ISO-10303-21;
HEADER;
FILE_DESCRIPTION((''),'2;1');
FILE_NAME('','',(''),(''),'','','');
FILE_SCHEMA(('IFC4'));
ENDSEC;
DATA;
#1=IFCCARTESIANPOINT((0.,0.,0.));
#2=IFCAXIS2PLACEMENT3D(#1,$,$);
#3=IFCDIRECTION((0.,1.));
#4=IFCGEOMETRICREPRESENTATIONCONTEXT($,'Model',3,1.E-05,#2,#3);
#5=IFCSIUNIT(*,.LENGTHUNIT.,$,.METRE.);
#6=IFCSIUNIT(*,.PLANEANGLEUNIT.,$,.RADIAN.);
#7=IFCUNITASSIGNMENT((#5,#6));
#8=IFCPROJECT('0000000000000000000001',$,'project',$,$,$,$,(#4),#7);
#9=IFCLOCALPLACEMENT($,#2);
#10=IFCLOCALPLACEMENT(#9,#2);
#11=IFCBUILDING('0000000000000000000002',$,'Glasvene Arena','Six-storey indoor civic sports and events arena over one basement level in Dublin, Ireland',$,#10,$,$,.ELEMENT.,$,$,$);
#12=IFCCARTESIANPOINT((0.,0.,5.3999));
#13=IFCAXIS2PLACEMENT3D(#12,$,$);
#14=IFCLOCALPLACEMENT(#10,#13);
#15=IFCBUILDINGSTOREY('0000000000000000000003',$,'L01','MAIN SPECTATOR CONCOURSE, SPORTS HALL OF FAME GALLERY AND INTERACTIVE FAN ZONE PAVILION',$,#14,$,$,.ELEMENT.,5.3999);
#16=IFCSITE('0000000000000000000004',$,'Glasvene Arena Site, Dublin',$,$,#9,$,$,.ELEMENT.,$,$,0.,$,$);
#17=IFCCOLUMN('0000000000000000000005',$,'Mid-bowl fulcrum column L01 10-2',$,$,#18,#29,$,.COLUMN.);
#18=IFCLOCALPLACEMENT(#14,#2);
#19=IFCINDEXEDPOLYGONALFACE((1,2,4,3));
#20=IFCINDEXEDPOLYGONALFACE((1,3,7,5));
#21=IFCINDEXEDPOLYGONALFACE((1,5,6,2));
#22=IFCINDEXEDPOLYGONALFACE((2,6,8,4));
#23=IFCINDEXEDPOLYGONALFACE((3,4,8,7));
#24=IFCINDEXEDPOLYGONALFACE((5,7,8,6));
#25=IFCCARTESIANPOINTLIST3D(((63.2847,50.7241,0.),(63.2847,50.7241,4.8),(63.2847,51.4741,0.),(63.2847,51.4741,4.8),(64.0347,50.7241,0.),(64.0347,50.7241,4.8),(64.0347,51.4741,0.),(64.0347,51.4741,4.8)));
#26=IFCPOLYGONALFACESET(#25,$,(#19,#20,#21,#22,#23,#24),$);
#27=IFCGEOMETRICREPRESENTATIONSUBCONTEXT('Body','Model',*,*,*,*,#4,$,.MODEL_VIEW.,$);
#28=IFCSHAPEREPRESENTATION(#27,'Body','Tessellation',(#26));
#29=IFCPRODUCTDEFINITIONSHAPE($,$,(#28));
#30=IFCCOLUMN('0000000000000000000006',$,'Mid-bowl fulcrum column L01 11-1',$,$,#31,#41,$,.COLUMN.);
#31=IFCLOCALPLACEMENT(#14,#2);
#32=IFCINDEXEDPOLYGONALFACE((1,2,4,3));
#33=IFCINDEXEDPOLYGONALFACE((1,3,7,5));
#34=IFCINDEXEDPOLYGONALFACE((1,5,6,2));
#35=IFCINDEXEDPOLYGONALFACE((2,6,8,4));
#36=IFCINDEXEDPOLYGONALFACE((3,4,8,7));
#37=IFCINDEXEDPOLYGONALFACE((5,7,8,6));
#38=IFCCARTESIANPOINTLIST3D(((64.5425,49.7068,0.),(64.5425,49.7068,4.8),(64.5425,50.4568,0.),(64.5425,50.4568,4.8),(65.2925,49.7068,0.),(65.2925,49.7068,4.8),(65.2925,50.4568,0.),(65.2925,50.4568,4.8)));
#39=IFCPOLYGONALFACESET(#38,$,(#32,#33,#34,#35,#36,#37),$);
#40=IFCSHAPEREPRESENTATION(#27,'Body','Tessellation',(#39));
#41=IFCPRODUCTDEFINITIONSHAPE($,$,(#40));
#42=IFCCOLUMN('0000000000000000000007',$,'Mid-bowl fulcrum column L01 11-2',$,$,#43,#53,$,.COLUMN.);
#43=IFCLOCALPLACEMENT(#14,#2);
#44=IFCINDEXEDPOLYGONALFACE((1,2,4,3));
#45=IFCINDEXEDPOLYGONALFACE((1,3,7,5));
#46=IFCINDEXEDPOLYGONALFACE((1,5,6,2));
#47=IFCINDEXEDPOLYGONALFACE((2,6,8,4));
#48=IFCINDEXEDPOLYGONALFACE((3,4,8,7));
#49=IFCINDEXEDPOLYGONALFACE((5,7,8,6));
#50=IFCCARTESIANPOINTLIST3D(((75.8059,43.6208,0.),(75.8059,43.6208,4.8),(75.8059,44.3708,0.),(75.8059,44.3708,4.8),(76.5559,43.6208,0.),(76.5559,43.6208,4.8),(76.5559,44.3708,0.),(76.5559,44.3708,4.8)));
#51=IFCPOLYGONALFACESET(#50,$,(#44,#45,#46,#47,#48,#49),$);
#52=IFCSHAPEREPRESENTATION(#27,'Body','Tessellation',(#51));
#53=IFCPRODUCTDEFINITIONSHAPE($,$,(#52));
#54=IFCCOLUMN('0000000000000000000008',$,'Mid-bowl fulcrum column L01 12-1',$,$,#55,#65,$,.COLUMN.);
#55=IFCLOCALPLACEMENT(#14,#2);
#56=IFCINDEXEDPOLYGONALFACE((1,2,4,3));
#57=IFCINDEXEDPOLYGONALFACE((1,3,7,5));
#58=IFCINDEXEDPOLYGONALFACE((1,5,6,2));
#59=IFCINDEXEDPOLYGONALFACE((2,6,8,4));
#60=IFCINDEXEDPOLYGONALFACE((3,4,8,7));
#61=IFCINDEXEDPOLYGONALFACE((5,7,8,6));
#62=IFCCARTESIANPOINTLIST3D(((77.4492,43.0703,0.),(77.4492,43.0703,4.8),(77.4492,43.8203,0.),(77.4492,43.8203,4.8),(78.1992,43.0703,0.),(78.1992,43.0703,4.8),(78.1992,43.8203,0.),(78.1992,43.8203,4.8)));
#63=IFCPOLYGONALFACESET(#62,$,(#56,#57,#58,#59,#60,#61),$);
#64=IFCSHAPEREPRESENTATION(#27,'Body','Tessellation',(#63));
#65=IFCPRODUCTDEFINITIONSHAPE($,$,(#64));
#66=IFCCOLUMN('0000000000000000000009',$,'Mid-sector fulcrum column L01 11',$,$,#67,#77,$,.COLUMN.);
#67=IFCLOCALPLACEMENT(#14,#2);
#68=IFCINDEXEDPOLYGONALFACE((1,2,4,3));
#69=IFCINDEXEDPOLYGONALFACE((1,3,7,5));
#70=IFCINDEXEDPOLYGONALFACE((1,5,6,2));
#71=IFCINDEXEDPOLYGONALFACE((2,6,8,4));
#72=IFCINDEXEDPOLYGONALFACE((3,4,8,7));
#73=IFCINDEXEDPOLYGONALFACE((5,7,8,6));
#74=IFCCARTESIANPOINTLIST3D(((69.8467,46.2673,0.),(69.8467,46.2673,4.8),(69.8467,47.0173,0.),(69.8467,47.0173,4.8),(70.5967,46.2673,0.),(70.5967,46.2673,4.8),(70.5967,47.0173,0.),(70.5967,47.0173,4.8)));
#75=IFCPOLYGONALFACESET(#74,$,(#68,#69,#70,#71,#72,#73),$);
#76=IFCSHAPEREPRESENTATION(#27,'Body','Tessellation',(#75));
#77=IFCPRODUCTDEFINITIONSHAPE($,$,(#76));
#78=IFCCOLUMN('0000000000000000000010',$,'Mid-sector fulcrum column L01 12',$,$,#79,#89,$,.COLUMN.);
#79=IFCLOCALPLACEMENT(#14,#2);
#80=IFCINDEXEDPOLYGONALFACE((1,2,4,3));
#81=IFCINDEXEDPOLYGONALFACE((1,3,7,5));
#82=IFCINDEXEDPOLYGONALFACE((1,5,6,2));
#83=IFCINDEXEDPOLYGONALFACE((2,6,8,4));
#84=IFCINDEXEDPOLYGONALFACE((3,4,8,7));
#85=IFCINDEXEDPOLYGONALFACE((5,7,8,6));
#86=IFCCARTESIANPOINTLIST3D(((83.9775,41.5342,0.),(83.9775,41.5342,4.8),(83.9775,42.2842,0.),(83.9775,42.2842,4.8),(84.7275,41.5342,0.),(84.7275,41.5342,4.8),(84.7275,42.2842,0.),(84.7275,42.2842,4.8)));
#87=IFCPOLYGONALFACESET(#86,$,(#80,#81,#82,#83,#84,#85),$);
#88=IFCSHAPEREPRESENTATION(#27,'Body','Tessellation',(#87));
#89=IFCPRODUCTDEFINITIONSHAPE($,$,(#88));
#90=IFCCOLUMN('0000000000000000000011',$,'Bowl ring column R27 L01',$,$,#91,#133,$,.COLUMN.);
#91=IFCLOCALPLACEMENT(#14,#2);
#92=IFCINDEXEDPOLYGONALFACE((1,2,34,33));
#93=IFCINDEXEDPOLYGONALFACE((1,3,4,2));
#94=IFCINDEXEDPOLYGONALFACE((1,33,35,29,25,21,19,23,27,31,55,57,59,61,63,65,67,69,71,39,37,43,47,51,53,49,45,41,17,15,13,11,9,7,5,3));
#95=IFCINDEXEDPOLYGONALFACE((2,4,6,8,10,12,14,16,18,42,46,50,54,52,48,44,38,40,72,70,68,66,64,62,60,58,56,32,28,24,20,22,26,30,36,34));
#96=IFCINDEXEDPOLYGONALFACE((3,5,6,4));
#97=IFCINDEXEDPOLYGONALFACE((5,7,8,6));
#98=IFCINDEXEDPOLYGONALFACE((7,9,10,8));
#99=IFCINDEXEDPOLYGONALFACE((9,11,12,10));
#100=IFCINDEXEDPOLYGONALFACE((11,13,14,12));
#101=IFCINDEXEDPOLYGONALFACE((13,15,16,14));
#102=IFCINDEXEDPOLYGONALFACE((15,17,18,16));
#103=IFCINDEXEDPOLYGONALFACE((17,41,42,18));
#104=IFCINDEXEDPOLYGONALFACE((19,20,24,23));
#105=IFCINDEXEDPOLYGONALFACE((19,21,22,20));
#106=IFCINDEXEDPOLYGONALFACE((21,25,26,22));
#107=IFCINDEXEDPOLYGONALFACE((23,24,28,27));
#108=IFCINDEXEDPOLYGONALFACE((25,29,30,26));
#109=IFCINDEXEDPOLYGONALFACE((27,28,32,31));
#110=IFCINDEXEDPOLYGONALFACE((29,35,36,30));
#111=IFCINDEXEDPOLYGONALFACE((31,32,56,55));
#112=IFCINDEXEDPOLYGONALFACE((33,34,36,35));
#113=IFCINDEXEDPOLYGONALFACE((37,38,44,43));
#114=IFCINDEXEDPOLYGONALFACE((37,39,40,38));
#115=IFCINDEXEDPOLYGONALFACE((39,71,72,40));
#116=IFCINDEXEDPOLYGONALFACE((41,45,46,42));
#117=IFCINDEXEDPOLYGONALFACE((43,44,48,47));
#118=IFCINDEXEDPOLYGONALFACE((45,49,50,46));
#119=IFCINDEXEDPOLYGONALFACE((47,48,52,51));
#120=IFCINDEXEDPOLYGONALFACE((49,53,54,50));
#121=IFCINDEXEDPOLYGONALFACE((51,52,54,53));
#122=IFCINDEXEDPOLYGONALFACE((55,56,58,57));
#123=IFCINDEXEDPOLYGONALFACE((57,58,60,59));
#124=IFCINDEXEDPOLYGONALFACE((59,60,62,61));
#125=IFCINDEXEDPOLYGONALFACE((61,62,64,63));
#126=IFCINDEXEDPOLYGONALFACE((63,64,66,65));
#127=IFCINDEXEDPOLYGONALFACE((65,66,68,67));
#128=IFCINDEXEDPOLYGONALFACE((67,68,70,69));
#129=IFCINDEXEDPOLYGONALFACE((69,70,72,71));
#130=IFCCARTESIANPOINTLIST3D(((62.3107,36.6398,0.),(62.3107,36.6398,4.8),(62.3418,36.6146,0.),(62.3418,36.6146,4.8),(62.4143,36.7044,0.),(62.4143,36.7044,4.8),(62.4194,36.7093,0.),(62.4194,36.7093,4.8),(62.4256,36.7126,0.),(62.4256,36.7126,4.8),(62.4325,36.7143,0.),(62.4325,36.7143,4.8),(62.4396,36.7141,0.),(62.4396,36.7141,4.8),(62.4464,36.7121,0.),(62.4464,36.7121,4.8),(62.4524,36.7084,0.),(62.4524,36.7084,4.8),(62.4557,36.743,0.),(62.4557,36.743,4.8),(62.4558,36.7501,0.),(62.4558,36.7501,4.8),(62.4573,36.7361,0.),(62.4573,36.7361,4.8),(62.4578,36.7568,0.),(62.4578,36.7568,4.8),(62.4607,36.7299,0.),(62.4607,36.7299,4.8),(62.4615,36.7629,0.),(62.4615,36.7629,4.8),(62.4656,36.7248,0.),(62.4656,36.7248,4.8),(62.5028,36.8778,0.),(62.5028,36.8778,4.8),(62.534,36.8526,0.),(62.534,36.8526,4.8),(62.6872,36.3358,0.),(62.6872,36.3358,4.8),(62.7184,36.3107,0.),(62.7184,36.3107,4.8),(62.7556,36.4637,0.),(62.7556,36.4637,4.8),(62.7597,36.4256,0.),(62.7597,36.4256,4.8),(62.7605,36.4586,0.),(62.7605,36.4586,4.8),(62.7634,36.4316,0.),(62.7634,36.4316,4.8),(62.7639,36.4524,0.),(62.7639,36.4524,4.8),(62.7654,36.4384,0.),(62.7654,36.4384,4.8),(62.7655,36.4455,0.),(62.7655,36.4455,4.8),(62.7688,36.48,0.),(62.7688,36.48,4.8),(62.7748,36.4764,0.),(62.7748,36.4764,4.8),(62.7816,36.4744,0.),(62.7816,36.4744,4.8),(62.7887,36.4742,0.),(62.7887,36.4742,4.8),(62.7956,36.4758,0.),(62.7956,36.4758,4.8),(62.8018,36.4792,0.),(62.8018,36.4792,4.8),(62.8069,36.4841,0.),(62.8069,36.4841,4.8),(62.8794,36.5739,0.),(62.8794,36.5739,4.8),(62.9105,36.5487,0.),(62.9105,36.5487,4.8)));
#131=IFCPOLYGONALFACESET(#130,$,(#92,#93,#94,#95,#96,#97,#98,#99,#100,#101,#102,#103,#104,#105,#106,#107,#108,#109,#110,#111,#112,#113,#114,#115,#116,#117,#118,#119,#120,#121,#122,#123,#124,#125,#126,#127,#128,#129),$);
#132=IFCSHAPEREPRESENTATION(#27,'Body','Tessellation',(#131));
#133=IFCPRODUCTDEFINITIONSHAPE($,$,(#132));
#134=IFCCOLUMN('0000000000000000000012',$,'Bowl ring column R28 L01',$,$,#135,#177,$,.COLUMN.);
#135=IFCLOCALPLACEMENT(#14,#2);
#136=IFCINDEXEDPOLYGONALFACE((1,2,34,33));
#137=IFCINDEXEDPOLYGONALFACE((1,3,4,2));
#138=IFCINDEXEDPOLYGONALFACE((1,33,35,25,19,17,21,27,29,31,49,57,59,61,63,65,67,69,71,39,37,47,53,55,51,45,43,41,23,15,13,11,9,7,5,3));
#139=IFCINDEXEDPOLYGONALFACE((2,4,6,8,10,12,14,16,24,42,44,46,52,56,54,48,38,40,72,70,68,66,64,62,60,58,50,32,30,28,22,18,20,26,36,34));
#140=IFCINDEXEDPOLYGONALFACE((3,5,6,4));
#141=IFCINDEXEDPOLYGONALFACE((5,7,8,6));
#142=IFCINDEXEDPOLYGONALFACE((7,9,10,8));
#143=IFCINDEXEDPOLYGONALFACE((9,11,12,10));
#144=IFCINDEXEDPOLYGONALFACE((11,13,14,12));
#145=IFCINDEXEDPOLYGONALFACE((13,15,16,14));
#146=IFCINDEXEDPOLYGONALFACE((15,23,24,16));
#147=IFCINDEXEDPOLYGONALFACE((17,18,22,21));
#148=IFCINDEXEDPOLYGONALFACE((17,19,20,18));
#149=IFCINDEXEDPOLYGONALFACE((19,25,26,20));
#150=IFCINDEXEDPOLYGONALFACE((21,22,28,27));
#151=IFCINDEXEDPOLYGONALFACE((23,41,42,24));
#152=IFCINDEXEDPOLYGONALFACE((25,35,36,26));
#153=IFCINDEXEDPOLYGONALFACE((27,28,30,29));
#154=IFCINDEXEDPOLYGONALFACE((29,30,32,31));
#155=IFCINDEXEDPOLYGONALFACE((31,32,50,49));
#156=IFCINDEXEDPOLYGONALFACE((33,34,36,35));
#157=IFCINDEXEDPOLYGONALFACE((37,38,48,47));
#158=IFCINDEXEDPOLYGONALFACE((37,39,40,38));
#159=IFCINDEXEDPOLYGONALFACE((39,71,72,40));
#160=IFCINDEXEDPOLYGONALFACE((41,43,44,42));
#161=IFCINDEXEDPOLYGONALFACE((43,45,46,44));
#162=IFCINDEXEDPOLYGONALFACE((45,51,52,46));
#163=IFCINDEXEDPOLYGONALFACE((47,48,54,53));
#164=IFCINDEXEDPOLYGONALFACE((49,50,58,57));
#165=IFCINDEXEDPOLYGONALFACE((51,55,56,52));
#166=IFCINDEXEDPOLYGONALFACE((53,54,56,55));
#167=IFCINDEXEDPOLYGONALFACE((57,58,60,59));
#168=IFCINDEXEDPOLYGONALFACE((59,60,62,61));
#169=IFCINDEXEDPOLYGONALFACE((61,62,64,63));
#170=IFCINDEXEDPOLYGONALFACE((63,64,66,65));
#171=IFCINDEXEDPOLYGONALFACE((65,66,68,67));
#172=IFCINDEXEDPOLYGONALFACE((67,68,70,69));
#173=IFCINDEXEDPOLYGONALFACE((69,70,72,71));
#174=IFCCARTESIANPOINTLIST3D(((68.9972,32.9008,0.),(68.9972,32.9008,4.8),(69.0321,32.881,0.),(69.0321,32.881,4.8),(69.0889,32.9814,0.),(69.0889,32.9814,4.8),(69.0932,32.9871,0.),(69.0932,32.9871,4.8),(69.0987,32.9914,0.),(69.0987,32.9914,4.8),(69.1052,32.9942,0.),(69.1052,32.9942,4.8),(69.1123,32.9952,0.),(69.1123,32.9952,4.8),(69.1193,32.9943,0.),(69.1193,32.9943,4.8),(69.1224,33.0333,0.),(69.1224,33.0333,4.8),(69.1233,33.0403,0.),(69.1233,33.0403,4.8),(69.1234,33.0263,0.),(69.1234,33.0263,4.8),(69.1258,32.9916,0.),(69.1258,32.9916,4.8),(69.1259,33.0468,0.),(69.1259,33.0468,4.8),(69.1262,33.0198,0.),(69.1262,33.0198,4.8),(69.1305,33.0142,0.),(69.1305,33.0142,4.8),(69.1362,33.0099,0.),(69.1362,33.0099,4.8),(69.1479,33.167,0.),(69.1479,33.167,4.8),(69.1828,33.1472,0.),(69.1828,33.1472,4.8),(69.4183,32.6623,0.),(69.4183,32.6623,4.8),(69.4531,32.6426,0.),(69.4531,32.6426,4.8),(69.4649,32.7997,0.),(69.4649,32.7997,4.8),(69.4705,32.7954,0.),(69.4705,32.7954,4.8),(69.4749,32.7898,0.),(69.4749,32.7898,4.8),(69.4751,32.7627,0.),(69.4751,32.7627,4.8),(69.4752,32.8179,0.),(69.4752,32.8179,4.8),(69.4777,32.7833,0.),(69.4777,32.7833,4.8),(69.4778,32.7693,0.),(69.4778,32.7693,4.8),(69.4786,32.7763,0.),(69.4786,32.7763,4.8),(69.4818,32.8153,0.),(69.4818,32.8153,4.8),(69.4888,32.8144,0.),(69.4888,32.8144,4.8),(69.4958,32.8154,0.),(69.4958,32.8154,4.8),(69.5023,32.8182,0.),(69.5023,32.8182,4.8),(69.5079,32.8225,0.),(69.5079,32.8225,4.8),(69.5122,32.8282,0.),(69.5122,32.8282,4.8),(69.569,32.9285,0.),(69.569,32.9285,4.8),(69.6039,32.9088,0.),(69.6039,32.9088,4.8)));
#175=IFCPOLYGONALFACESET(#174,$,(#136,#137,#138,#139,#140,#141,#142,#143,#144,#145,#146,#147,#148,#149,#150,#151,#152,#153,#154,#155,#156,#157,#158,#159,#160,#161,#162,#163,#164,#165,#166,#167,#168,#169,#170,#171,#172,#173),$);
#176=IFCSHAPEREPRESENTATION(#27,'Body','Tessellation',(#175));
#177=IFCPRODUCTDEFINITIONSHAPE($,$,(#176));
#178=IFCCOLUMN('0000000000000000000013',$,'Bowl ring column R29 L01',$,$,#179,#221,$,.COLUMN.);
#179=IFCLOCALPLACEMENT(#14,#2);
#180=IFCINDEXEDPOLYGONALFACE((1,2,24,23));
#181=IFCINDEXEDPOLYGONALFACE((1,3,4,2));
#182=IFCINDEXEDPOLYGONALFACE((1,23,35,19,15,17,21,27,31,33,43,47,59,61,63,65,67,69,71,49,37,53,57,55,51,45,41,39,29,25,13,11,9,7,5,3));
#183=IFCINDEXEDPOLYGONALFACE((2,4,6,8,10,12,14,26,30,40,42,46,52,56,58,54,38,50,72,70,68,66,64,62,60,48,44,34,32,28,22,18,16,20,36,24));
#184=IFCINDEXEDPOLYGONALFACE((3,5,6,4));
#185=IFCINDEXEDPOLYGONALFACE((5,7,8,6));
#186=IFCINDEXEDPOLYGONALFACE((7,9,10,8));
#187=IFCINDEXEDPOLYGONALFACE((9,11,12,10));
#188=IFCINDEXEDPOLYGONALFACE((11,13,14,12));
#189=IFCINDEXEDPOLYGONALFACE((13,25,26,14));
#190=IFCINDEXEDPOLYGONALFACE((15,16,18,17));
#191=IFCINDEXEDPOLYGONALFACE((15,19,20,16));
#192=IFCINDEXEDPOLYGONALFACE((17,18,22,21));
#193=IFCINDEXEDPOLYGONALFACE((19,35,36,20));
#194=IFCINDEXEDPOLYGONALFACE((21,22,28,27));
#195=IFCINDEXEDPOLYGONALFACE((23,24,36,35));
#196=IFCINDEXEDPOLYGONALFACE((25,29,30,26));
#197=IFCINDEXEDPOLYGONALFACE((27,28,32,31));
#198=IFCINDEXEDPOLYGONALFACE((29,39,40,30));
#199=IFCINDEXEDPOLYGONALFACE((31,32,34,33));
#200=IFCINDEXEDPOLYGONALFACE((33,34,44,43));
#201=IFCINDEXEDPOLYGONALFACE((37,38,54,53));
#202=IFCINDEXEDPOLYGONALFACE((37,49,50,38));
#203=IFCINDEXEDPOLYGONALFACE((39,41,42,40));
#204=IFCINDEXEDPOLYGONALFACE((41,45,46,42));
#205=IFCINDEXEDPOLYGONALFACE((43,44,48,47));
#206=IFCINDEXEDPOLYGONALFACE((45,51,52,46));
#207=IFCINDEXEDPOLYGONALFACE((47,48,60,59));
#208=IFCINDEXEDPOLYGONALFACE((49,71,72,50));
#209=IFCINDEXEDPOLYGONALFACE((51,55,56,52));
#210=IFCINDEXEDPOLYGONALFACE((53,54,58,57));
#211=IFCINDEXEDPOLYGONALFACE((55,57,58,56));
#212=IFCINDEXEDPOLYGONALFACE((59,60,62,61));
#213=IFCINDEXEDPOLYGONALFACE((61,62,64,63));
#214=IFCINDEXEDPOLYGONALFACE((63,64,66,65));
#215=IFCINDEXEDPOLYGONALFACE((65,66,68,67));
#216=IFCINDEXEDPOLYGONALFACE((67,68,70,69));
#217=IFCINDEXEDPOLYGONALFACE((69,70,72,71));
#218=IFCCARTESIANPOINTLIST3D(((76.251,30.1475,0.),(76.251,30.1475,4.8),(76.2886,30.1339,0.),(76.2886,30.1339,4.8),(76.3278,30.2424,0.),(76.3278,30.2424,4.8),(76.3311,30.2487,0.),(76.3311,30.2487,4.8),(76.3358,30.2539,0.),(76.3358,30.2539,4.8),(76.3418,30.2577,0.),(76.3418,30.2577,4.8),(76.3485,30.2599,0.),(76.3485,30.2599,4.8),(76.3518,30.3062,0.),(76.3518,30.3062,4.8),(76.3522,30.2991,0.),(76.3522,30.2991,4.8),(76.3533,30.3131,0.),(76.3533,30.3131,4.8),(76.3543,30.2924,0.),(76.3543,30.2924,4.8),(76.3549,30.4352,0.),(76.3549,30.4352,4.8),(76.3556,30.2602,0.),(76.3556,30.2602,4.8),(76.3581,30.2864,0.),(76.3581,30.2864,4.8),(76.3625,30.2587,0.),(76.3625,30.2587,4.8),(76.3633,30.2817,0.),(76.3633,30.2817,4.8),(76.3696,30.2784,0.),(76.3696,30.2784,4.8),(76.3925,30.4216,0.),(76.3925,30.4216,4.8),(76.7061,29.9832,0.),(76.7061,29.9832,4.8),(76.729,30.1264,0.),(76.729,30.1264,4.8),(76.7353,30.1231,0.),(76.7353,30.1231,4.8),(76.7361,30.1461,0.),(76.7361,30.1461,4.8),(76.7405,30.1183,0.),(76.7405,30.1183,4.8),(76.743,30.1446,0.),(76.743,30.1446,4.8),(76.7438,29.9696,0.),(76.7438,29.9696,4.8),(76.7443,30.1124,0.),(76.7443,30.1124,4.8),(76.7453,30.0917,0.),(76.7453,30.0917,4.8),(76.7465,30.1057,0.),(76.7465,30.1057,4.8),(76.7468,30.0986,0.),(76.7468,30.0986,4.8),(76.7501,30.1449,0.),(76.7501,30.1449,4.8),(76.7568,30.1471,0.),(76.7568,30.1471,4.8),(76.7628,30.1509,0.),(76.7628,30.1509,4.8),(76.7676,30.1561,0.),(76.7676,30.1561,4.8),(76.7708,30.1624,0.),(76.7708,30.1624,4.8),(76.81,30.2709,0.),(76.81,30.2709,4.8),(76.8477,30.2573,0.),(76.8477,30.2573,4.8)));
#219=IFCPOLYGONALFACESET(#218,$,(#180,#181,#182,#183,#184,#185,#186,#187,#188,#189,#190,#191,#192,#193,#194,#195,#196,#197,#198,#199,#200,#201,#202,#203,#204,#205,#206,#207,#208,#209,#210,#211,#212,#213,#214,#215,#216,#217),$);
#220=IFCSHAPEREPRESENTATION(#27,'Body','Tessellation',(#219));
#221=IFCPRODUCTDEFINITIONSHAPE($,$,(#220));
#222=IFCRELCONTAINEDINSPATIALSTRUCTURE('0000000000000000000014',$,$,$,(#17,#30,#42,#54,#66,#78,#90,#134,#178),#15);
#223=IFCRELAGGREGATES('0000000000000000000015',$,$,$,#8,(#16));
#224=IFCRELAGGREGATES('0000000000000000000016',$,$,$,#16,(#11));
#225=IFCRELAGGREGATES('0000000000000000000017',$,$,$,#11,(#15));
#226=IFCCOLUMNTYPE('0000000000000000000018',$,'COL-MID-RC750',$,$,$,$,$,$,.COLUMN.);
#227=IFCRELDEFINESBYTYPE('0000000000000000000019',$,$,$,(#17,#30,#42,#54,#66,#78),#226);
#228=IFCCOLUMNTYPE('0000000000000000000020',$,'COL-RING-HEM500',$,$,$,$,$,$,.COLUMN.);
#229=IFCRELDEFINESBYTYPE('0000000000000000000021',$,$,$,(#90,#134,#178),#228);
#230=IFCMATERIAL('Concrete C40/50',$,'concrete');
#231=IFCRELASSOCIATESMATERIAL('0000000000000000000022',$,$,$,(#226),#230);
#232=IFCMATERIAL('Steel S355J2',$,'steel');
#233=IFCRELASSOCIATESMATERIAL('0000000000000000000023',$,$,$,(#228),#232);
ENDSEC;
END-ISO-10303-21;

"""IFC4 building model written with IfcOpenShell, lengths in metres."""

from ifc_helpers import new_model, si_unit, direction, frame, origin, origin_2d, place, context, subcontext, project, spatial, rectangle, i_section, extrude, material, material_profile, profile_set, type_object, element, save


model = new_model("IFC4")

# Units and contexts
model_context = context("Model", 3, precision=1e-05, world=origin(), true_north=direction((0.0, 1.0)))
body_context = subcontext(model_context, "Body", "Model", "MODEL_VIEW")
ifc_project = project(units=[si_unit("LENGTHUNIT", "METRE"), si_unit("PLANEANGLEUNIT", "RADIAN")], contexts=[model_context])

# Site, building, storey
site_placement = place(None, origin())
site = spatial("IfcSite", under=ifc_project, at=site_placement, Name="Glasvene Arena Site, Dublin", CompositionType="ELEMENT", RefElevation=0.0)
building_placement = place(site_placement, origin())
building = spatial("IfcBuilding", under=site, at=building_placement, Name="Glasvene Arena", Description="Six-storey indoor civic sports and events arena over one basement level in Dublin, Ireland", CompositionType="ELEMENT")
storey_placement = place(building_placement, frame((0.0, 0.0, 5.3999)))
storey = spatial("IfcBuildingStorey", under=building, at=storey_placement, Name="L01", Description="MAIN SPECTATOR CONCOURSE, SPORTS HALL OF FAME GALLERY AND INTERACTIVE FAN ZONE PAVILION", CompositionType="ELEMENT", Elevation=5.3999)

# Columns
ifc_material_1 = material(Name="Concrete C40/50", Category="concrete")
ifc_material_profile_1 = material_profile(ifc_material_1, rectangle(XDim=0.75, YDim=0.75, at=origin_2d()), Name="RC 750x750")
ifc_profile_set_1 = profile_set([ifc_material_profile_1], Name="Concrete C40/50")
column_type_1 = type_object("IfcColumnType", Name="COL-MID-RC750", PredefinedType="COLUMN", material=ifc_profile_set_1)
for number, where, z_axis, x_axis, name in (
    (1, (63.6597, 51.0991, 0.0), (0.0, 0.0, 1.0), (1.0, 0.0, 0.0), "Mid-bowl fulcrum column L01 10-2"),
    (2, (64.9175, 50.0818, 0.0), (0.0, 0.0, 1.0), (1.0, 0.0, 0.0), "Mid-bowl fulcrum column L01 11-1"),
    (3, (76.1809, 43.9958, 0.0), (0.0, 0.0, 1.0), (1.0, 0.0, 0.0), "Mid-bowl fulcrum column L01 11-2"),
    (4, (77.8242, 43.4453, 0.0), (0.0, 0.0, 1.0), (1.0, 0.0, 0.0), "Mid-bowl fulcrum column L01 12-1"),
    (5, (70.2217, 46.6423, 0.0), (0.0, 0.0, 1.0), (1.0, 0.0, 0.0), "Mid-sector fulcrum column L01 11"),
    (6, (84.3525, 41.9092, 0.0), (0.0, 0.0, 1.0), (1.0, 0.0, 0.0), "Mid-sector fulcrum column L01 12"),
):
    element("IfcColumn", number, at=place(storey_placement, frame(where, z_axis=z_axis, x_axis=x_axis)), inside=storey, type_object=column_type_1, Name=name, PredefinedType="COLUMN", context=body_context, shape_type="SweptSolid", body=[
        extrude(rectangle(XDim=0.75, YDim=0.75, at=origin_2d()), origin(), (0.0, 0.0, 1.0), 4.8),
    ])
ifc_material_2 = material(Name="Steel S355J2", Category="steel")
ifc_material_profile_2 = material_profile(ifc_material_2, i_section(OverallWidth=0.3059, OverallDepth=0.5239, WebThickness=0.021, FlangeThickness=0.04, FilletRadius=0.0271, at=origin_2d()), Name="HEM 500")
ifc_profile_set_2 = profile_set([ifc_material_profile_2], Name="Steel S355J2")
column_type_2 = type_object("IfcColumnType", Name="COL-RING-HEM500", PredefinedType="COLUMN", material=ifc_profile_set_2)
for number, where, z_axis, x_axis, name in (
    (7, (62.6106, 36.5942, 0.0), (0.0, 0.0, 1.0), (-0.628099, -0.778134, 0.0), "Bowl ring column R27 L01"),
    (8, (69.3005, 32.9048, 0.0), (0.0, 0.0, 1.0), (-0.492727, -0.870184, 0.0), "Bowl ring column R28 L01"),
    (9, (76.5493, 30.2024, 0.0), (0.0, 0.0, 1.0), (-0.339559, -0.940585, 0.0), "Bowl ring column R29 L01"),
):
    element("IfcColumn", number, at=place(storey_placement, frame(where, z_axis=z_axis, x_axis=x_axis)), inside=storey, type_object=column_type_2, Name=name, PredefinedType="COLUMN", context=body_context, shape_type="SweptSolid", body=[
        extrude(i_section(OverallWidth=0.3059, OverallDepth=0.5239, WebThickness=0.021, FlangeThickness=0.04, FilletRadius=0.0271, at=origin_2d()), origin(), (0.0, 0.0, 1.0), 4.8),
    ])

save(model, "model.ifc")
